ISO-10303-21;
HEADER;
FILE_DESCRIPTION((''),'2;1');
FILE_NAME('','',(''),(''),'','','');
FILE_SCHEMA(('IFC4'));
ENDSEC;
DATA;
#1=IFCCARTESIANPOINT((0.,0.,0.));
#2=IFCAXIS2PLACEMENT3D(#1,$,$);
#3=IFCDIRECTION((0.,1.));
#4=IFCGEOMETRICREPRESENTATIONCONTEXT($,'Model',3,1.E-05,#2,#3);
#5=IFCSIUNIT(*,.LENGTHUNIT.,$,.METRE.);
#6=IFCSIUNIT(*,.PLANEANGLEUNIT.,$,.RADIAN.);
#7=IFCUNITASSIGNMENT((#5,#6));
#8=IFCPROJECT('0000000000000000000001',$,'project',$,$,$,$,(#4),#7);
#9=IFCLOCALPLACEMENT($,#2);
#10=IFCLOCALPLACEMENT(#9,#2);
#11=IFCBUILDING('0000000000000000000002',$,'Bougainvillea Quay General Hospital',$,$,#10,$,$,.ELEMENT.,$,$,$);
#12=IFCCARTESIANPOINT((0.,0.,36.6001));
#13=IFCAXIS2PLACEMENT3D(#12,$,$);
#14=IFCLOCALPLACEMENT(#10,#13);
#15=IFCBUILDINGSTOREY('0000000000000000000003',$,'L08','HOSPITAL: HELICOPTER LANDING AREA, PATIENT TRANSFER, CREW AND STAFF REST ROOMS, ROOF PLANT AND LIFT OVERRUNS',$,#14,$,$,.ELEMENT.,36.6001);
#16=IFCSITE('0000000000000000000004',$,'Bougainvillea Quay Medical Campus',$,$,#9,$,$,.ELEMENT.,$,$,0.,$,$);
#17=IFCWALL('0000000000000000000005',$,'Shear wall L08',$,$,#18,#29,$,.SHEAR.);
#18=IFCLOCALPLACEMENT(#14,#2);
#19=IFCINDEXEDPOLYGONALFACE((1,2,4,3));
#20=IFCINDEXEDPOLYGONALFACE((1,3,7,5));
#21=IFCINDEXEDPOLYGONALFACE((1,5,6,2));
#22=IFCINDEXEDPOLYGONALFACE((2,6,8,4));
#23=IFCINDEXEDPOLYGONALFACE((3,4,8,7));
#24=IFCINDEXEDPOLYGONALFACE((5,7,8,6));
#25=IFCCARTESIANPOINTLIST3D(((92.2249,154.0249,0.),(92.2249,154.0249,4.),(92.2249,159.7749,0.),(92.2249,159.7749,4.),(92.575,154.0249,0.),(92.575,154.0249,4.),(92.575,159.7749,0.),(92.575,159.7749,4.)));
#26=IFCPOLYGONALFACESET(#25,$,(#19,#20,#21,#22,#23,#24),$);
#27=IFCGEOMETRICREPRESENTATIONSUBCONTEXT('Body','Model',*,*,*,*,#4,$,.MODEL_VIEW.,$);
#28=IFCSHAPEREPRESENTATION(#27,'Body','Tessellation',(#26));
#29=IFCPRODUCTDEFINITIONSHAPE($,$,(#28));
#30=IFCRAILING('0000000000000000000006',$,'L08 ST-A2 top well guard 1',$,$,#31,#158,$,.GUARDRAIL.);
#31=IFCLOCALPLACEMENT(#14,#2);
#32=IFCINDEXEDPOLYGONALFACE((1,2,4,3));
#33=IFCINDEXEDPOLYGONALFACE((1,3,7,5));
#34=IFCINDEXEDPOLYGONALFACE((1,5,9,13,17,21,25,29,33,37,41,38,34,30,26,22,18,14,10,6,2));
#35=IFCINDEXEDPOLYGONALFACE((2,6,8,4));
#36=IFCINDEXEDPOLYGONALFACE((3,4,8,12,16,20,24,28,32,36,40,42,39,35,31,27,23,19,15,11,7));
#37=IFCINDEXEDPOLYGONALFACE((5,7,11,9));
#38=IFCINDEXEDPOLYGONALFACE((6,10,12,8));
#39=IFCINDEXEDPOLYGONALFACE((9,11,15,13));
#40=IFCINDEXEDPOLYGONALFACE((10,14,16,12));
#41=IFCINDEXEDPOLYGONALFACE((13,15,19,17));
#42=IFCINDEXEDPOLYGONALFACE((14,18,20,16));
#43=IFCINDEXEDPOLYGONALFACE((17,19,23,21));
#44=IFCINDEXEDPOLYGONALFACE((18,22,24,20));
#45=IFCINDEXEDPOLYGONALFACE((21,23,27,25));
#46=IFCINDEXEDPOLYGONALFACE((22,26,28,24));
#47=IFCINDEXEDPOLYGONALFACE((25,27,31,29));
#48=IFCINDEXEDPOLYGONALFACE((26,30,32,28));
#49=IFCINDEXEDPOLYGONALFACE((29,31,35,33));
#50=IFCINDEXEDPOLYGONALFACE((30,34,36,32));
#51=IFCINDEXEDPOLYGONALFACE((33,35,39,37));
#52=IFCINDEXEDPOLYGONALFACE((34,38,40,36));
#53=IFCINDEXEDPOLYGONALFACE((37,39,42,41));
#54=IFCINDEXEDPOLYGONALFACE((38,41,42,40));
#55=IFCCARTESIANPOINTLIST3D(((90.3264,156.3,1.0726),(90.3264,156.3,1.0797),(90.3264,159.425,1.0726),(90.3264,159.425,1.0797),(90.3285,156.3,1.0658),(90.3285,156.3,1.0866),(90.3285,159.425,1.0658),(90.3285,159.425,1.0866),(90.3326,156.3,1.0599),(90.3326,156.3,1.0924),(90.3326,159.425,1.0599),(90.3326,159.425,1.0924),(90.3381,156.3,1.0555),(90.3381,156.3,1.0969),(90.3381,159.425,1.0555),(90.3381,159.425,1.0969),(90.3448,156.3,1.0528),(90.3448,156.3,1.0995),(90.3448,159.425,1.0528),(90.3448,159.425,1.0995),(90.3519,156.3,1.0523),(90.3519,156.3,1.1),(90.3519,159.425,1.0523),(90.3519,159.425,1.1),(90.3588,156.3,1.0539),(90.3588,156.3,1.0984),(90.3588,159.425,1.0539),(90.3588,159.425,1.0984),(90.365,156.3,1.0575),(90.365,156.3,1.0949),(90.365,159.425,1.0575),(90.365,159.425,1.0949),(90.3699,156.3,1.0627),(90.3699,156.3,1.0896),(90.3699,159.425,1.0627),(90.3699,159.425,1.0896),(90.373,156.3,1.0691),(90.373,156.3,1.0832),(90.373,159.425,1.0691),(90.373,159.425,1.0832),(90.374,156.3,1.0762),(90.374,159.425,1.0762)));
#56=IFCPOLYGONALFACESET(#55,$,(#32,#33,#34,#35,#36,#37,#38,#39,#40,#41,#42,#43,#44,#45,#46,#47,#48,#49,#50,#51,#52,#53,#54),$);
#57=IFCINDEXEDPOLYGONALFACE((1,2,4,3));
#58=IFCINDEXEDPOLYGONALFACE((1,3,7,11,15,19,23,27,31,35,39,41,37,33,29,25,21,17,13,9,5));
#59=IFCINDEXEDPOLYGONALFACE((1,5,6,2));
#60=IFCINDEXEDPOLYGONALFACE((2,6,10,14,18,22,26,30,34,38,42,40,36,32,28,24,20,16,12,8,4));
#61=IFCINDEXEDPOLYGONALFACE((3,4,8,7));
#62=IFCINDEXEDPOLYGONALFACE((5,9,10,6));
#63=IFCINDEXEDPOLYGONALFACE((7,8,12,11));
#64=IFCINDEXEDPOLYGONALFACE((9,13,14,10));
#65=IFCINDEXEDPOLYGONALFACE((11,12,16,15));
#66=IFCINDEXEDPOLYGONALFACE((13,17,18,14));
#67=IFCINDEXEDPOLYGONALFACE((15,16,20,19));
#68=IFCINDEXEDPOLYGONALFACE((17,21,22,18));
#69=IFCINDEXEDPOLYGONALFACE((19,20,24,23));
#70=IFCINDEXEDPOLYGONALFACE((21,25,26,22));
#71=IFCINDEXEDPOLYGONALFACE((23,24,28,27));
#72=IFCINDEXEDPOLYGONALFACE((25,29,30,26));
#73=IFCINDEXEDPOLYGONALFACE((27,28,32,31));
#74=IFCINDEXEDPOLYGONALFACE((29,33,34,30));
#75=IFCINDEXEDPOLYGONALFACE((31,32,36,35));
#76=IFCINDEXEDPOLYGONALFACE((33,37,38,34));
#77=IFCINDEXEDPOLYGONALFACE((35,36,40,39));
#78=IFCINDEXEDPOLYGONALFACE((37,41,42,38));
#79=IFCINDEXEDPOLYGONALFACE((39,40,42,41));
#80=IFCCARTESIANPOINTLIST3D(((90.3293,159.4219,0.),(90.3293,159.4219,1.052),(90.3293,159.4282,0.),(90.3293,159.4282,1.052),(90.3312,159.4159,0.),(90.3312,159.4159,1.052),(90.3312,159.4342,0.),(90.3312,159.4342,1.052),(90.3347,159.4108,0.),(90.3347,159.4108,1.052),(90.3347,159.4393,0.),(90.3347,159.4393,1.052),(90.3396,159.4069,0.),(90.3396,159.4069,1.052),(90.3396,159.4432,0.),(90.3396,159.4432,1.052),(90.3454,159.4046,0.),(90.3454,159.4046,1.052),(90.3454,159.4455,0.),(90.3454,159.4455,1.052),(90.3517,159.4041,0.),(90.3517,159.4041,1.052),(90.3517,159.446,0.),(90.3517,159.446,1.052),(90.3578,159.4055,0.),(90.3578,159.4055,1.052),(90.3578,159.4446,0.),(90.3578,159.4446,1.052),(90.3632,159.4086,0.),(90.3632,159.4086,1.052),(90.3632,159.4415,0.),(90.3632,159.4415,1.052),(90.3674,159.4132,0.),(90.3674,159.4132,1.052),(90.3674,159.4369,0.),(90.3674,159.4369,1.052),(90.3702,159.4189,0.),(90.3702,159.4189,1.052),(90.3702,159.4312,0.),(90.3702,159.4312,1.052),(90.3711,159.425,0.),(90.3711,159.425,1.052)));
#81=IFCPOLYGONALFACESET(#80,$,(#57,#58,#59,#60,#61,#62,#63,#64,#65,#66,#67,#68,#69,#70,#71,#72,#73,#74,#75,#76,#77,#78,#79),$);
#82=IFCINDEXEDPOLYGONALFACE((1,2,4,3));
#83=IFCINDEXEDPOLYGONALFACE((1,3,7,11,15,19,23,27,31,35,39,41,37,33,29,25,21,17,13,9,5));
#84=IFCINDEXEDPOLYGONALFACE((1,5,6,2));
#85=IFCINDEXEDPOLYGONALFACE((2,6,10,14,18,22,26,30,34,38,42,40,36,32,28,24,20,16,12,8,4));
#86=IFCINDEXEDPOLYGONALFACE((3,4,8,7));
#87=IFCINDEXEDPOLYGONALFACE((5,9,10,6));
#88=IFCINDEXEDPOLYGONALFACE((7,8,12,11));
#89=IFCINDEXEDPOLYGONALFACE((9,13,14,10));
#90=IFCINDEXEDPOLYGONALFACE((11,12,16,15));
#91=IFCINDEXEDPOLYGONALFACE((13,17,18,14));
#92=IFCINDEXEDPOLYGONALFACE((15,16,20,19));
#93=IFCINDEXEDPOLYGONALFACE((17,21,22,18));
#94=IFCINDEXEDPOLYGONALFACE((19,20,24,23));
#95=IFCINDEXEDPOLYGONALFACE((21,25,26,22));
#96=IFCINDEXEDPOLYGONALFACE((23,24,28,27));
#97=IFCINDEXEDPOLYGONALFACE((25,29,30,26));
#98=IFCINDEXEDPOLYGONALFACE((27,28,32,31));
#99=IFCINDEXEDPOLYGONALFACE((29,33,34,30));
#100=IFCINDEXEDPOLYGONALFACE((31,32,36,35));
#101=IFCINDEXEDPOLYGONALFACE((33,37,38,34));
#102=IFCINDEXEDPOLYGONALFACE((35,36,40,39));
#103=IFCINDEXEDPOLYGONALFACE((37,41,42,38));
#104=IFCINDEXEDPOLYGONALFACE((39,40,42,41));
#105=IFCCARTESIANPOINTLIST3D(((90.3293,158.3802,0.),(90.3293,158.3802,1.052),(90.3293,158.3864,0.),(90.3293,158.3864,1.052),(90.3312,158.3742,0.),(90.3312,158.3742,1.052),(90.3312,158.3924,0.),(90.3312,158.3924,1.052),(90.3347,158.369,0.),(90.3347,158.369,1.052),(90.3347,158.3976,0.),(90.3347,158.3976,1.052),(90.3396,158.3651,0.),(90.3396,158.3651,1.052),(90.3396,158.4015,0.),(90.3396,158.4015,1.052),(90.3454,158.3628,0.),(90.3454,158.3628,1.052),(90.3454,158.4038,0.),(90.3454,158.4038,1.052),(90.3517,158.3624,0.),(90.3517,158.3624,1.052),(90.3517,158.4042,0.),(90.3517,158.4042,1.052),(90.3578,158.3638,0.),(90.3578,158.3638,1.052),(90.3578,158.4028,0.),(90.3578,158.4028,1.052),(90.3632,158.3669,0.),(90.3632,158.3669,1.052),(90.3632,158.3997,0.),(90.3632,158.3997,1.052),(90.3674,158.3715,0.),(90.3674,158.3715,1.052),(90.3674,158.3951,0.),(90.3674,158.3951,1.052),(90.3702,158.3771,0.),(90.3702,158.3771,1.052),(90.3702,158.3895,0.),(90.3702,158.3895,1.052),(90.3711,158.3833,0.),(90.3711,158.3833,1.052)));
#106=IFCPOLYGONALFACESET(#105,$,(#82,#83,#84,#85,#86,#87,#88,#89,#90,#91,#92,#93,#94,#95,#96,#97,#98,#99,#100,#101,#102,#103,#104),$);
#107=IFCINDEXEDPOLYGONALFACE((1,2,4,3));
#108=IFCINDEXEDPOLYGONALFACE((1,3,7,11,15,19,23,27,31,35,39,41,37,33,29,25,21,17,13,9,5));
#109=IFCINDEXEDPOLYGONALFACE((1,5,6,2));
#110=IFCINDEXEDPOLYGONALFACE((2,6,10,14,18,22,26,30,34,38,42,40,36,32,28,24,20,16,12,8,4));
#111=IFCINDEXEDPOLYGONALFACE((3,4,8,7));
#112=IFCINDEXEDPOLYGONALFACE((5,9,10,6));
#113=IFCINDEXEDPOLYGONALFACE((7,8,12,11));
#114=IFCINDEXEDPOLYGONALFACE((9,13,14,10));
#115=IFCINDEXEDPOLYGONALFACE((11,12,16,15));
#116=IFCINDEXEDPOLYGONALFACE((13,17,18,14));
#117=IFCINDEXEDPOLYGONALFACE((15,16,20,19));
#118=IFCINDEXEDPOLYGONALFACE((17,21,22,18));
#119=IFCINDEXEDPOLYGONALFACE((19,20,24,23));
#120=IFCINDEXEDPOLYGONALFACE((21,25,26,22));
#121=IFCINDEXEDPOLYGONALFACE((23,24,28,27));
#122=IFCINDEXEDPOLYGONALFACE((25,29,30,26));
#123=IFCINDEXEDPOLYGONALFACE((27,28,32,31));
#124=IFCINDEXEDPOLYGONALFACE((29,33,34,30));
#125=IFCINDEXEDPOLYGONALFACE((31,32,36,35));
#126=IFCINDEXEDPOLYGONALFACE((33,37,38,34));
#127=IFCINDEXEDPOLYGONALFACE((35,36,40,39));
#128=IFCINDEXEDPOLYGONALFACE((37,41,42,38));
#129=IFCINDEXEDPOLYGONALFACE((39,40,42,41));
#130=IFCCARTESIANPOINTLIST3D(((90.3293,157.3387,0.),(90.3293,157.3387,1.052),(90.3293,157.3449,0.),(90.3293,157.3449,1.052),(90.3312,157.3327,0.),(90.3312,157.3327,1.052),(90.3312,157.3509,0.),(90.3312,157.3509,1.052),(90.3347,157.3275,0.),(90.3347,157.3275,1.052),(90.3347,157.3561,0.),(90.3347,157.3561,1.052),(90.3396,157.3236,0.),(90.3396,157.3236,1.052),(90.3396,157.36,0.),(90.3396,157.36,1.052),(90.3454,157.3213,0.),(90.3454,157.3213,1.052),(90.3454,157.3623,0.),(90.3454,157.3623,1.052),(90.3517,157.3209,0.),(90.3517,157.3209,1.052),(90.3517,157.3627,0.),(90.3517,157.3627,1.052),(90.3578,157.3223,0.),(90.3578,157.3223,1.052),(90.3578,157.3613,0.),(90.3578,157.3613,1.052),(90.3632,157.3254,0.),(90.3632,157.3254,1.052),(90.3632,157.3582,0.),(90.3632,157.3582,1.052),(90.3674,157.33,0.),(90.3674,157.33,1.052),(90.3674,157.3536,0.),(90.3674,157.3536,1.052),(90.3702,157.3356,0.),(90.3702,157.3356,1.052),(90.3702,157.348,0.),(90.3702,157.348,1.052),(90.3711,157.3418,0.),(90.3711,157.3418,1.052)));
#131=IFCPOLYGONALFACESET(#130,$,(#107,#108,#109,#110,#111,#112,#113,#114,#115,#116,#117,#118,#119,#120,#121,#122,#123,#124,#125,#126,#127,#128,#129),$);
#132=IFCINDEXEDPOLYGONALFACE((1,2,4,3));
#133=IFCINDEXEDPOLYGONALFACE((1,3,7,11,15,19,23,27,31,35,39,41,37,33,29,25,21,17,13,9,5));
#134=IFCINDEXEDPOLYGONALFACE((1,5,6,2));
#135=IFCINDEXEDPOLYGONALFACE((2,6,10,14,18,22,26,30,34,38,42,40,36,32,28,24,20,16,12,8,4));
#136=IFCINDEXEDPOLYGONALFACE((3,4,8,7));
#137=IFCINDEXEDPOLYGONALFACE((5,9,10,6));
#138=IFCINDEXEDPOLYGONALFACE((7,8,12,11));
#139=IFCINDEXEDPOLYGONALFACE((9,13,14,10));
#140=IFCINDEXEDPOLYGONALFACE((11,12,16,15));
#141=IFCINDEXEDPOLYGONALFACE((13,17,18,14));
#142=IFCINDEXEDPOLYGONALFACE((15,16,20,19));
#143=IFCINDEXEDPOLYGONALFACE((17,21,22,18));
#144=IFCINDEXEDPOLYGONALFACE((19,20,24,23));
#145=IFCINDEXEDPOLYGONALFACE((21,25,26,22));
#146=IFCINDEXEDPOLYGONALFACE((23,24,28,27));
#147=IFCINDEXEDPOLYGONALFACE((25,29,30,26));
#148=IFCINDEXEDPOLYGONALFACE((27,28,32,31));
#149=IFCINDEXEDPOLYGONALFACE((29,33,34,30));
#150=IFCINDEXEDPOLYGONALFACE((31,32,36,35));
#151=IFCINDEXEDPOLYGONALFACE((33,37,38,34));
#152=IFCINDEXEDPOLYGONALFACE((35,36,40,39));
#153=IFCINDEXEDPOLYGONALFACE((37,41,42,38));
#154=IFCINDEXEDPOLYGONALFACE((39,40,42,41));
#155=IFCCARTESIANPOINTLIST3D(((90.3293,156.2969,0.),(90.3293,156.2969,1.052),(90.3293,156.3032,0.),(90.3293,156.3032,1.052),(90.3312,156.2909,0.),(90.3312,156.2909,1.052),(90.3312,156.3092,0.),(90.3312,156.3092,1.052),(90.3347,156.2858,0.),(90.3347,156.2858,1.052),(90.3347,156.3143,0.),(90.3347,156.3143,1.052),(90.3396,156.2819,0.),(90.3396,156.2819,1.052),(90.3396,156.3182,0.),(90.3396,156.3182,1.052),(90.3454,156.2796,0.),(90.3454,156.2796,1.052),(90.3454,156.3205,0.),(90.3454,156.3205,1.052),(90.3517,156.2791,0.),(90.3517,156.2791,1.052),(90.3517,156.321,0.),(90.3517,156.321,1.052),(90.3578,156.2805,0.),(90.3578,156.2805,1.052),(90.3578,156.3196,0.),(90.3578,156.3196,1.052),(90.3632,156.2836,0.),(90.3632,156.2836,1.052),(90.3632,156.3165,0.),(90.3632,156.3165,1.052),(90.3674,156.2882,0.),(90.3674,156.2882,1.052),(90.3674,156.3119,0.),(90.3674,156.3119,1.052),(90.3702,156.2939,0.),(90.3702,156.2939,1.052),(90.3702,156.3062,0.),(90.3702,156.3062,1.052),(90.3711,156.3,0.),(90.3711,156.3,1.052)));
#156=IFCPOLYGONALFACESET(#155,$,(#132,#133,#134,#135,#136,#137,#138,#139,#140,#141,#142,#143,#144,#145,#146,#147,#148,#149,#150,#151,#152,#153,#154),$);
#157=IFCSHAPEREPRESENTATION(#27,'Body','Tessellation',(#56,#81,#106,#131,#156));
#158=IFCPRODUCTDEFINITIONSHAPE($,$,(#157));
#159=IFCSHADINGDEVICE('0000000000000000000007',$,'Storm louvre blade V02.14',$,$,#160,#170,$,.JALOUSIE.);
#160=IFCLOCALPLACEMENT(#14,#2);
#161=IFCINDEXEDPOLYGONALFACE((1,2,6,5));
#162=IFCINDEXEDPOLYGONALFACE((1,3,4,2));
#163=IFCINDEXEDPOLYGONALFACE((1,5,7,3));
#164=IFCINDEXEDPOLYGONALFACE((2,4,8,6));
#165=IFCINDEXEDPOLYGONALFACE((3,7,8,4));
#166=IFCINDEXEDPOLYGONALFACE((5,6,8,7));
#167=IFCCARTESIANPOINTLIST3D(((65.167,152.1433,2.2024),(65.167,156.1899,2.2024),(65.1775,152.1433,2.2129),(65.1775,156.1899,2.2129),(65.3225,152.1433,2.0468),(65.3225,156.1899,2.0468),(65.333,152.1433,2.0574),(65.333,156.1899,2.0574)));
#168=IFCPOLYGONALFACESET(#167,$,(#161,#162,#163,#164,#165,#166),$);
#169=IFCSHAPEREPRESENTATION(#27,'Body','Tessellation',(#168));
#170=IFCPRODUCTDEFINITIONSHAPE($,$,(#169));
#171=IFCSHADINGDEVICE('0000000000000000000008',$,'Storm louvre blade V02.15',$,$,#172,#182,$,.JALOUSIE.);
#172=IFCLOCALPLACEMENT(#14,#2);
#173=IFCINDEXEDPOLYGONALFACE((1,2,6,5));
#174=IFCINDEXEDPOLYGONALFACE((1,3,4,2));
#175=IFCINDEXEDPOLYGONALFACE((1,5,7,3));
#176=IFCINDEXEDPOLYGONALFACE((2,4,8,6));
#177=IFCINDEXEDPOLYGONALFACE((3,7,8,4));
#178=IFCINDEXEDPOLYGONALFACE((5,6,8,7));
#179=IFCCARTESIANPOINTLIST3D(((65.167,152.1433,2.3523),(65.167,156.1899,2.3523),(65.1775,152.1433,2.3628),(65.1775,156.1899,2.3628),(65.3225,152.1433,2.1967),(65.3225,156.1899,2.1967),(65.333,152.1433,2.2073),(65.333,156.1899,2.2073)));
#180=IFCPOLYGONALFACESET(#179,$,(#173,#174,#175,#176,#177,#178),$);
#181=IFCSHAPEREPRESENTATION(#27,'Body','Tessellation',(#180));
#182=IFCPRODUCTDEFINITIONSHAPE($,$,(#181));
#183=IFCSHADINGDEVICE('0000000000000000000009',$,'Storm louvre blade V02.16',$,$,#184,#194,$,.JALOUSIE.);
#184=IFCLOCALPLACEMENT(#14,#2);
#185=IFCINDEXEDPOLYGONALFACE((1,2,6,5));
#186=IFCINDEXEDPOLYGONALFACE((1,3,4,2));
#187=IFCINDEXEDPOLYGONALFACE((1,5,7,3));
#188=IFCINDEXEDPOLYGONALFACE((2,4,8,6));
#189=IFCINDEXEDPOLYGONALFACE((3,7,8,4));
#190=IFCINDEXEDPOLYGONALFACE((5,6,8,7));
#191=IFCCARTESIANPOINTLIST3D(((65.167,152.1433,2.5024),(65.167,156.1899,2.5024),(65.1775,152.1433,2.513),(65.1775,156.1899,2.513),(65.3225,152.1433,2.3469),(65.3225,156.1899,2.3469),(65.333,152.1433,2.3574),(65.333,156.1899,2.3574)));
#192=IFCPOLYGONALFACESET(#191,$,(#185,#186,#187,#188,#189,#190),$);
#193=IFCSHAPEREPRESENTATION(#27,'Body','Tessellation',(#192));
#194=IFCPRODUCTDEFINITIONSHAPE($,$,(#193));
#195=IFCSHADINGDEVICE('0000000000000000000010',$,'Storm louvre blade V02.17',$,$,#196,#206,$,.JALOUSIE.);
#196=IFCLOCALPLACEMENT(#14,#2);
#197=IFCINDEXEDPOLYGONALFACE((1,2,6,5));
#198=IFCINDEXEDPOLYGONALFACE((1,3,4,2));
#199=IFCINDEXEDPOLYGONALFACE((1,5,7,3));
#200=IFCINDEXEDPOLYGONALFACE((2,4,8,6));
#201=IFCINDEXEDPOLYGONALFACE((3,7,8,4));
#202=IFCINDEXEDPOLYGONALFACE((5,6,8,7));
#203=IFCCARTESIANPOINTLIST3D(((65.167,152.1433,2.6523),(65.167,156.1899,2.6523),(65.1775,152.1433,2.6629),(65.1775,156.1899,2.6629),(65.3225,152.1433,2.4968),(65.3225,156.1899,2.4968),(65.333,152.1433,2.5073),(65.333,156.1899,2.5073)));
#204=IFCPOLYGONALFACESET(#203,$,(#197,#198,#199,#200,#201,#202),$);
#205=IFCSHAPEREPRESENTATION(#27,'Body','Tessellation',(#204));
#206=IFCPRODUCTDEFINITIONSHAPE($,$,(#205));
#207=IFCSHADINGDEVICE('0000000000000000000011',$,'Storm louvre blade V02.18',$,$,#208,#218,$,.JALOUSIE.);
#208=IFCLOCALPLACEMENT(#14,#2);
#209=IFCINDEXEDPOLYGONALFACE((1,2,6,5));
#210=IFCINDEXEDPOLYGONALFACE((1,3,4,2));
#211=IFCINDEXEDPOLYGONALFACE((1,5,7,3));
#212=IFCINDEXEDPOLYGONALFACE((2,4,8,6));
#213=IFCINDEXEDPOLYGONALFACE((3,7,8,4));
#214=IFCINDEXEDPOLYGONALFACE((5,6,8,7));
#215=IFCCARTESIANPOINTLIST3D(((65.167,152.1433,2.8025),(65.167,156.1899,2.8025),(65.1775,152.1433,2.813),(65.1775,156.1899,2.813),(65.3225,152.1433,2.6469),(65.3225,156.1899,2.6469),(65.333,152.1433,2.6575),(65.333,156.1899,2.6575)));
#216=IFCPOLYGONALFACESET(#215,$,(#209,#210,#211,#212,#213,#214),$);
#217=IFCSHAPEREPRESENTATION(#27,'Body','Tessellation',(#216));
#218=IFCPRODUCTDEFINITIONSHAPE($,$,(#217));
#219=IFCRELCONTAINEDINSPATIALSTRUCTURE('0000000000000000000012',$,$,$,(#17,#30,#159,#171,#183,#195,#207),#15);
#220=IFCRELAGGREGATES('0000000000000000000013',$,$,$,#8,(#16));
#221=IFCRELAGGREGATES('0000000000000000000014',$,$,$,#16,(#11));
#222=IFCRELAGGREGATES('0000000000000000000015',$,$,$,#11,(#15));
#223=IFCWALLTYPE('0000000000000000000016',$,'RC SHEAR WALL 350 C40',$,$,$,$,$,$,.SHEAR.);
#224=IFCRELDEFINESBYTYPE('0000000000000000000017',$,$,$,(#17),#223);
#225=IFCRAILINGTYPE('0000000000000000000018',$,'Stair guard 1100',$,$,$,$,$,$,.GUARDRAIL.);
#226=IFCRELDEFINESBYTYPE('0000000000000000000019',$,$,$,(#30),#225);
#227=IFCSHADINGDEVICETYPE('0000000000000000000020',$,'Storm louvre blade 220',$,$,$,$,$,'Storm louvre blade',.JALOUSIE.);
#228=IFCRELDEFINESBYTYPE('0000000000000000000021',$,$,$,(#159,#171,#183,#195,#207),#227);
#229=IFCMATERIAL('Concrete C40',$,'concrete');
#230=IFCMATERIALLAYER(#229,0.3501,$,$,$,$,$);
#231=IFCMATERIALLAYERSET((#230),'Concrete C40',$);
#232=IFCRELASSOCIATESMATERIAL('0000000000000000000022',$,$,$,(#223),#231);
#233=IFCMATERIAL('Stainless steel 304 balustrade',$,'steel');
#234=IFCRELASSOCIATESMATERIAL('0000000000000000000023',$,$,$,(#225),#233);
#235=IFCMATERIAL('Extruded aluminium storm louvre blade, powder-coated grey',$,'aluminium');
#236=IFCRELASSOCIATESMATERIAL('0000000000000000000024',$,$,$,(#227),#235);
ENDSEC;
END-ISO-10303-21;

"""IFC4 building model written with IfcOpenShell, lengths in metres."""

from ifc_helpers import new_model, si_unit, direction, frame, frame_2d, origin, origin_2d, place, context, subcontext, project, spatial, rectangle, circle, extrude, material, layer, layer_set, material_profile, profile_set, type_object, element, save


model = new_model("IFC4")

# Units and contexts
model_context = context("Model", 3, precision=1e-05, world=origin(), true_north=direction((0.0, 1.0)))
body_context = subcontext(model_context, "Body", "Model", "MODEL_VIEW")
ifc_project = project(units=[si_unit("LENGTHUNIT", "METRE"), si_unit("PLANEANGLEUNIT", "RADIAN")], contexts=[model_context])

# Site, building, storey
site_placement = place(None, origin())
site = spatial("IfcSite", under=ifc_project, at=site_placement, Name="Bougainvillea Quay Medical Campus", CompositionType="ELEMENT", RefElevation=0.0)
building_placement = place(site_placement, origin())
building = spatial("IfcBuilding", under=site, at=building_placement, Name="Bougainvillea Quay General Hospital", CompositionType="ELEMENT")
storey_placement = place(building_placement, frame((0.0, 0.0, 36.6001)))
storey = spatial("IfcBuildingStorey", under=building, at=storey_placement, Name="L08", Description="HOSPITAL: HELICOPTER LANDING AREA, PATIENT TRANSFER, CREW AND STAFF REST ROOMS, ROOF PLANT AND LIFT OVERRUNS", CompositionType="ELEMENT", Elevation=36.6001)

# Shared definitions
ifc_material_1 = material(Name="Concrete C40", Category="concrete")

# Shared definitions
ifc_layer_1 = layer(ifc_material_1, 0.3501)
ifc_layer_set_1 = layer_set([ifc_layer_1], Name="Concrete C40")
wall_type_1 = type_object("IfcWallType", Name="RC SHEAR WALL 350 C40", PredefinedType="SHEAR", material=ifc_layer_set_1)

# Wall
wall_1_placement = place(storey_placement, frame((92.3999, 154.0249, 0.0), z_axis=(0.0, 0.0, 1.0), x_axis=(0.0, 1.0, 0.0)))
element("IfcWall", 1, at=wall_1_placement, inside=storey, type_object=wall_type_1, Name="Shear wall L08", PredefinedType="SHEAR", context=body_context, shape_type="SweptSolid", body=[
    extrude(rectangle(XDim=5.75, YDim=0.3501, at=frame_2d((2.875, 0.0))), origin(), (0.0, 0.0, 1.0), 4.0),
])

# Railing
ifc_material_2 = material(Name="Stainless steel 304 balustrade", Category="steel")
railing_type = type_object("IfcRailingType", Name="Stair guard 1100", PredefinedType="GUARDRAIL", material=ifc_material_2)
railing_placement = place(storey_placement, frame((90.3501, 159.425, 0.0)))
element("IfcRailing", 2, at=railing_placement, inside=storey, type_object=railing_type, Name="L08 ST-A2 top well guard 1", PredefinedType="GUARDRAIL", context=body_context, shape_type="SweptSolid", body=[
    extrude(circle(Radius=0.0239, at=origin_2d()), frame((0.0, 0.0, 1.0762), z_axis=(0.0, -1.0, 0.0), x_axis=(1.0, 0.0, 0.0)), (0.0, 0.0, 1.0), 3.125),
    extrude(circle(Radius=0.021, at=origin_2d()), origin(), (0.0, 0.0, 1.0), 1.052),
    extrude(circle(Radius=0.021, at=origin_2d()), frame((0.0, -1.0417, 0.0)), (0.0, 0.0, 1.0), 1.052),
    extrude(circle(Radius=0.021, at=origin_2d()), frame((0.0, -2.0833, 0.0)), (0.0, 0.0, 1.0), 1.052),
    extrude(circle(Radius=0.021, at=origin_2d()), frame((0.0, -3.125, 0.0)), (0.0, 0.0, 1.0), 1.052),
])

# Shading devices
ifc_material_3 = material(Name="Extruded aluminium storm louvre blade, powder-coated grey", Category="aluminium")
ifc_material_profile_1 = material_profile(ifc_material_3, rectangle(XDim=0.22, YDim=0.0149, at=origin_2d()))
ifc_profile_set_1 = profile_set([ifc_material_profile_1], Name="Extruded aluminium storm louvre blade, powder-coated grey")
shading_device_type = type_object("IfcShadingDeviceType", Name="Storm louvre blade 220", ElementType="Storm louvre blade", PredefinedType="JALOUSIE", material=ifc_profile_set_1)
for number, where, z_axis, x_axis, name in (
    (3, (65.25, 152.1433, 2.1299), (0.0, 1.0, 0.0), (-0.707107, 0.0, 0.707107), "Storm louvre blade V02.14"),
    (4, (65.25, 152.1433, 2.2798), (0.0, 1.0, 0.0), (-0.707107, 0.0, 0.707107), "Storm louvre blade V02.15"),
    (5, (65.25, 152.1433, 2.4299), (0.0, 1.0, 0.0), (-0.707107, 0.0, 0.707107), "Storm louvre blade V02.16"),
    (6, (65.25, 152.1433, 2.5798), (0.0, 1.0, 0.0), (-0.707107, 0.0, 0.707107), "Storm louvre blade V02.17"),
    (7, (65.25, 152.1433, 2.73), (0.0, 1.0, 0.0), (-0.707107, 0.0, 0.707107), "Storm louvre blade V02.18"),
):
    element("IfcShadingDevice", number, at=place(storey_placement, frame(where, z_axis=z_axis, x_axis=x_axis)), inside=storey, type_object=shading_device_type, Name=name, PredefinedType="JALOUSIE", context=body_context, shape_type="SweptSolid", body=[
        extrude(rectangle(XDim=0.22, YDim=0.0149, at=origin_2d()), origin(), (0.0, 0.0, 1.0), 4.0466),
    ])

save(model, "model.ifc")
